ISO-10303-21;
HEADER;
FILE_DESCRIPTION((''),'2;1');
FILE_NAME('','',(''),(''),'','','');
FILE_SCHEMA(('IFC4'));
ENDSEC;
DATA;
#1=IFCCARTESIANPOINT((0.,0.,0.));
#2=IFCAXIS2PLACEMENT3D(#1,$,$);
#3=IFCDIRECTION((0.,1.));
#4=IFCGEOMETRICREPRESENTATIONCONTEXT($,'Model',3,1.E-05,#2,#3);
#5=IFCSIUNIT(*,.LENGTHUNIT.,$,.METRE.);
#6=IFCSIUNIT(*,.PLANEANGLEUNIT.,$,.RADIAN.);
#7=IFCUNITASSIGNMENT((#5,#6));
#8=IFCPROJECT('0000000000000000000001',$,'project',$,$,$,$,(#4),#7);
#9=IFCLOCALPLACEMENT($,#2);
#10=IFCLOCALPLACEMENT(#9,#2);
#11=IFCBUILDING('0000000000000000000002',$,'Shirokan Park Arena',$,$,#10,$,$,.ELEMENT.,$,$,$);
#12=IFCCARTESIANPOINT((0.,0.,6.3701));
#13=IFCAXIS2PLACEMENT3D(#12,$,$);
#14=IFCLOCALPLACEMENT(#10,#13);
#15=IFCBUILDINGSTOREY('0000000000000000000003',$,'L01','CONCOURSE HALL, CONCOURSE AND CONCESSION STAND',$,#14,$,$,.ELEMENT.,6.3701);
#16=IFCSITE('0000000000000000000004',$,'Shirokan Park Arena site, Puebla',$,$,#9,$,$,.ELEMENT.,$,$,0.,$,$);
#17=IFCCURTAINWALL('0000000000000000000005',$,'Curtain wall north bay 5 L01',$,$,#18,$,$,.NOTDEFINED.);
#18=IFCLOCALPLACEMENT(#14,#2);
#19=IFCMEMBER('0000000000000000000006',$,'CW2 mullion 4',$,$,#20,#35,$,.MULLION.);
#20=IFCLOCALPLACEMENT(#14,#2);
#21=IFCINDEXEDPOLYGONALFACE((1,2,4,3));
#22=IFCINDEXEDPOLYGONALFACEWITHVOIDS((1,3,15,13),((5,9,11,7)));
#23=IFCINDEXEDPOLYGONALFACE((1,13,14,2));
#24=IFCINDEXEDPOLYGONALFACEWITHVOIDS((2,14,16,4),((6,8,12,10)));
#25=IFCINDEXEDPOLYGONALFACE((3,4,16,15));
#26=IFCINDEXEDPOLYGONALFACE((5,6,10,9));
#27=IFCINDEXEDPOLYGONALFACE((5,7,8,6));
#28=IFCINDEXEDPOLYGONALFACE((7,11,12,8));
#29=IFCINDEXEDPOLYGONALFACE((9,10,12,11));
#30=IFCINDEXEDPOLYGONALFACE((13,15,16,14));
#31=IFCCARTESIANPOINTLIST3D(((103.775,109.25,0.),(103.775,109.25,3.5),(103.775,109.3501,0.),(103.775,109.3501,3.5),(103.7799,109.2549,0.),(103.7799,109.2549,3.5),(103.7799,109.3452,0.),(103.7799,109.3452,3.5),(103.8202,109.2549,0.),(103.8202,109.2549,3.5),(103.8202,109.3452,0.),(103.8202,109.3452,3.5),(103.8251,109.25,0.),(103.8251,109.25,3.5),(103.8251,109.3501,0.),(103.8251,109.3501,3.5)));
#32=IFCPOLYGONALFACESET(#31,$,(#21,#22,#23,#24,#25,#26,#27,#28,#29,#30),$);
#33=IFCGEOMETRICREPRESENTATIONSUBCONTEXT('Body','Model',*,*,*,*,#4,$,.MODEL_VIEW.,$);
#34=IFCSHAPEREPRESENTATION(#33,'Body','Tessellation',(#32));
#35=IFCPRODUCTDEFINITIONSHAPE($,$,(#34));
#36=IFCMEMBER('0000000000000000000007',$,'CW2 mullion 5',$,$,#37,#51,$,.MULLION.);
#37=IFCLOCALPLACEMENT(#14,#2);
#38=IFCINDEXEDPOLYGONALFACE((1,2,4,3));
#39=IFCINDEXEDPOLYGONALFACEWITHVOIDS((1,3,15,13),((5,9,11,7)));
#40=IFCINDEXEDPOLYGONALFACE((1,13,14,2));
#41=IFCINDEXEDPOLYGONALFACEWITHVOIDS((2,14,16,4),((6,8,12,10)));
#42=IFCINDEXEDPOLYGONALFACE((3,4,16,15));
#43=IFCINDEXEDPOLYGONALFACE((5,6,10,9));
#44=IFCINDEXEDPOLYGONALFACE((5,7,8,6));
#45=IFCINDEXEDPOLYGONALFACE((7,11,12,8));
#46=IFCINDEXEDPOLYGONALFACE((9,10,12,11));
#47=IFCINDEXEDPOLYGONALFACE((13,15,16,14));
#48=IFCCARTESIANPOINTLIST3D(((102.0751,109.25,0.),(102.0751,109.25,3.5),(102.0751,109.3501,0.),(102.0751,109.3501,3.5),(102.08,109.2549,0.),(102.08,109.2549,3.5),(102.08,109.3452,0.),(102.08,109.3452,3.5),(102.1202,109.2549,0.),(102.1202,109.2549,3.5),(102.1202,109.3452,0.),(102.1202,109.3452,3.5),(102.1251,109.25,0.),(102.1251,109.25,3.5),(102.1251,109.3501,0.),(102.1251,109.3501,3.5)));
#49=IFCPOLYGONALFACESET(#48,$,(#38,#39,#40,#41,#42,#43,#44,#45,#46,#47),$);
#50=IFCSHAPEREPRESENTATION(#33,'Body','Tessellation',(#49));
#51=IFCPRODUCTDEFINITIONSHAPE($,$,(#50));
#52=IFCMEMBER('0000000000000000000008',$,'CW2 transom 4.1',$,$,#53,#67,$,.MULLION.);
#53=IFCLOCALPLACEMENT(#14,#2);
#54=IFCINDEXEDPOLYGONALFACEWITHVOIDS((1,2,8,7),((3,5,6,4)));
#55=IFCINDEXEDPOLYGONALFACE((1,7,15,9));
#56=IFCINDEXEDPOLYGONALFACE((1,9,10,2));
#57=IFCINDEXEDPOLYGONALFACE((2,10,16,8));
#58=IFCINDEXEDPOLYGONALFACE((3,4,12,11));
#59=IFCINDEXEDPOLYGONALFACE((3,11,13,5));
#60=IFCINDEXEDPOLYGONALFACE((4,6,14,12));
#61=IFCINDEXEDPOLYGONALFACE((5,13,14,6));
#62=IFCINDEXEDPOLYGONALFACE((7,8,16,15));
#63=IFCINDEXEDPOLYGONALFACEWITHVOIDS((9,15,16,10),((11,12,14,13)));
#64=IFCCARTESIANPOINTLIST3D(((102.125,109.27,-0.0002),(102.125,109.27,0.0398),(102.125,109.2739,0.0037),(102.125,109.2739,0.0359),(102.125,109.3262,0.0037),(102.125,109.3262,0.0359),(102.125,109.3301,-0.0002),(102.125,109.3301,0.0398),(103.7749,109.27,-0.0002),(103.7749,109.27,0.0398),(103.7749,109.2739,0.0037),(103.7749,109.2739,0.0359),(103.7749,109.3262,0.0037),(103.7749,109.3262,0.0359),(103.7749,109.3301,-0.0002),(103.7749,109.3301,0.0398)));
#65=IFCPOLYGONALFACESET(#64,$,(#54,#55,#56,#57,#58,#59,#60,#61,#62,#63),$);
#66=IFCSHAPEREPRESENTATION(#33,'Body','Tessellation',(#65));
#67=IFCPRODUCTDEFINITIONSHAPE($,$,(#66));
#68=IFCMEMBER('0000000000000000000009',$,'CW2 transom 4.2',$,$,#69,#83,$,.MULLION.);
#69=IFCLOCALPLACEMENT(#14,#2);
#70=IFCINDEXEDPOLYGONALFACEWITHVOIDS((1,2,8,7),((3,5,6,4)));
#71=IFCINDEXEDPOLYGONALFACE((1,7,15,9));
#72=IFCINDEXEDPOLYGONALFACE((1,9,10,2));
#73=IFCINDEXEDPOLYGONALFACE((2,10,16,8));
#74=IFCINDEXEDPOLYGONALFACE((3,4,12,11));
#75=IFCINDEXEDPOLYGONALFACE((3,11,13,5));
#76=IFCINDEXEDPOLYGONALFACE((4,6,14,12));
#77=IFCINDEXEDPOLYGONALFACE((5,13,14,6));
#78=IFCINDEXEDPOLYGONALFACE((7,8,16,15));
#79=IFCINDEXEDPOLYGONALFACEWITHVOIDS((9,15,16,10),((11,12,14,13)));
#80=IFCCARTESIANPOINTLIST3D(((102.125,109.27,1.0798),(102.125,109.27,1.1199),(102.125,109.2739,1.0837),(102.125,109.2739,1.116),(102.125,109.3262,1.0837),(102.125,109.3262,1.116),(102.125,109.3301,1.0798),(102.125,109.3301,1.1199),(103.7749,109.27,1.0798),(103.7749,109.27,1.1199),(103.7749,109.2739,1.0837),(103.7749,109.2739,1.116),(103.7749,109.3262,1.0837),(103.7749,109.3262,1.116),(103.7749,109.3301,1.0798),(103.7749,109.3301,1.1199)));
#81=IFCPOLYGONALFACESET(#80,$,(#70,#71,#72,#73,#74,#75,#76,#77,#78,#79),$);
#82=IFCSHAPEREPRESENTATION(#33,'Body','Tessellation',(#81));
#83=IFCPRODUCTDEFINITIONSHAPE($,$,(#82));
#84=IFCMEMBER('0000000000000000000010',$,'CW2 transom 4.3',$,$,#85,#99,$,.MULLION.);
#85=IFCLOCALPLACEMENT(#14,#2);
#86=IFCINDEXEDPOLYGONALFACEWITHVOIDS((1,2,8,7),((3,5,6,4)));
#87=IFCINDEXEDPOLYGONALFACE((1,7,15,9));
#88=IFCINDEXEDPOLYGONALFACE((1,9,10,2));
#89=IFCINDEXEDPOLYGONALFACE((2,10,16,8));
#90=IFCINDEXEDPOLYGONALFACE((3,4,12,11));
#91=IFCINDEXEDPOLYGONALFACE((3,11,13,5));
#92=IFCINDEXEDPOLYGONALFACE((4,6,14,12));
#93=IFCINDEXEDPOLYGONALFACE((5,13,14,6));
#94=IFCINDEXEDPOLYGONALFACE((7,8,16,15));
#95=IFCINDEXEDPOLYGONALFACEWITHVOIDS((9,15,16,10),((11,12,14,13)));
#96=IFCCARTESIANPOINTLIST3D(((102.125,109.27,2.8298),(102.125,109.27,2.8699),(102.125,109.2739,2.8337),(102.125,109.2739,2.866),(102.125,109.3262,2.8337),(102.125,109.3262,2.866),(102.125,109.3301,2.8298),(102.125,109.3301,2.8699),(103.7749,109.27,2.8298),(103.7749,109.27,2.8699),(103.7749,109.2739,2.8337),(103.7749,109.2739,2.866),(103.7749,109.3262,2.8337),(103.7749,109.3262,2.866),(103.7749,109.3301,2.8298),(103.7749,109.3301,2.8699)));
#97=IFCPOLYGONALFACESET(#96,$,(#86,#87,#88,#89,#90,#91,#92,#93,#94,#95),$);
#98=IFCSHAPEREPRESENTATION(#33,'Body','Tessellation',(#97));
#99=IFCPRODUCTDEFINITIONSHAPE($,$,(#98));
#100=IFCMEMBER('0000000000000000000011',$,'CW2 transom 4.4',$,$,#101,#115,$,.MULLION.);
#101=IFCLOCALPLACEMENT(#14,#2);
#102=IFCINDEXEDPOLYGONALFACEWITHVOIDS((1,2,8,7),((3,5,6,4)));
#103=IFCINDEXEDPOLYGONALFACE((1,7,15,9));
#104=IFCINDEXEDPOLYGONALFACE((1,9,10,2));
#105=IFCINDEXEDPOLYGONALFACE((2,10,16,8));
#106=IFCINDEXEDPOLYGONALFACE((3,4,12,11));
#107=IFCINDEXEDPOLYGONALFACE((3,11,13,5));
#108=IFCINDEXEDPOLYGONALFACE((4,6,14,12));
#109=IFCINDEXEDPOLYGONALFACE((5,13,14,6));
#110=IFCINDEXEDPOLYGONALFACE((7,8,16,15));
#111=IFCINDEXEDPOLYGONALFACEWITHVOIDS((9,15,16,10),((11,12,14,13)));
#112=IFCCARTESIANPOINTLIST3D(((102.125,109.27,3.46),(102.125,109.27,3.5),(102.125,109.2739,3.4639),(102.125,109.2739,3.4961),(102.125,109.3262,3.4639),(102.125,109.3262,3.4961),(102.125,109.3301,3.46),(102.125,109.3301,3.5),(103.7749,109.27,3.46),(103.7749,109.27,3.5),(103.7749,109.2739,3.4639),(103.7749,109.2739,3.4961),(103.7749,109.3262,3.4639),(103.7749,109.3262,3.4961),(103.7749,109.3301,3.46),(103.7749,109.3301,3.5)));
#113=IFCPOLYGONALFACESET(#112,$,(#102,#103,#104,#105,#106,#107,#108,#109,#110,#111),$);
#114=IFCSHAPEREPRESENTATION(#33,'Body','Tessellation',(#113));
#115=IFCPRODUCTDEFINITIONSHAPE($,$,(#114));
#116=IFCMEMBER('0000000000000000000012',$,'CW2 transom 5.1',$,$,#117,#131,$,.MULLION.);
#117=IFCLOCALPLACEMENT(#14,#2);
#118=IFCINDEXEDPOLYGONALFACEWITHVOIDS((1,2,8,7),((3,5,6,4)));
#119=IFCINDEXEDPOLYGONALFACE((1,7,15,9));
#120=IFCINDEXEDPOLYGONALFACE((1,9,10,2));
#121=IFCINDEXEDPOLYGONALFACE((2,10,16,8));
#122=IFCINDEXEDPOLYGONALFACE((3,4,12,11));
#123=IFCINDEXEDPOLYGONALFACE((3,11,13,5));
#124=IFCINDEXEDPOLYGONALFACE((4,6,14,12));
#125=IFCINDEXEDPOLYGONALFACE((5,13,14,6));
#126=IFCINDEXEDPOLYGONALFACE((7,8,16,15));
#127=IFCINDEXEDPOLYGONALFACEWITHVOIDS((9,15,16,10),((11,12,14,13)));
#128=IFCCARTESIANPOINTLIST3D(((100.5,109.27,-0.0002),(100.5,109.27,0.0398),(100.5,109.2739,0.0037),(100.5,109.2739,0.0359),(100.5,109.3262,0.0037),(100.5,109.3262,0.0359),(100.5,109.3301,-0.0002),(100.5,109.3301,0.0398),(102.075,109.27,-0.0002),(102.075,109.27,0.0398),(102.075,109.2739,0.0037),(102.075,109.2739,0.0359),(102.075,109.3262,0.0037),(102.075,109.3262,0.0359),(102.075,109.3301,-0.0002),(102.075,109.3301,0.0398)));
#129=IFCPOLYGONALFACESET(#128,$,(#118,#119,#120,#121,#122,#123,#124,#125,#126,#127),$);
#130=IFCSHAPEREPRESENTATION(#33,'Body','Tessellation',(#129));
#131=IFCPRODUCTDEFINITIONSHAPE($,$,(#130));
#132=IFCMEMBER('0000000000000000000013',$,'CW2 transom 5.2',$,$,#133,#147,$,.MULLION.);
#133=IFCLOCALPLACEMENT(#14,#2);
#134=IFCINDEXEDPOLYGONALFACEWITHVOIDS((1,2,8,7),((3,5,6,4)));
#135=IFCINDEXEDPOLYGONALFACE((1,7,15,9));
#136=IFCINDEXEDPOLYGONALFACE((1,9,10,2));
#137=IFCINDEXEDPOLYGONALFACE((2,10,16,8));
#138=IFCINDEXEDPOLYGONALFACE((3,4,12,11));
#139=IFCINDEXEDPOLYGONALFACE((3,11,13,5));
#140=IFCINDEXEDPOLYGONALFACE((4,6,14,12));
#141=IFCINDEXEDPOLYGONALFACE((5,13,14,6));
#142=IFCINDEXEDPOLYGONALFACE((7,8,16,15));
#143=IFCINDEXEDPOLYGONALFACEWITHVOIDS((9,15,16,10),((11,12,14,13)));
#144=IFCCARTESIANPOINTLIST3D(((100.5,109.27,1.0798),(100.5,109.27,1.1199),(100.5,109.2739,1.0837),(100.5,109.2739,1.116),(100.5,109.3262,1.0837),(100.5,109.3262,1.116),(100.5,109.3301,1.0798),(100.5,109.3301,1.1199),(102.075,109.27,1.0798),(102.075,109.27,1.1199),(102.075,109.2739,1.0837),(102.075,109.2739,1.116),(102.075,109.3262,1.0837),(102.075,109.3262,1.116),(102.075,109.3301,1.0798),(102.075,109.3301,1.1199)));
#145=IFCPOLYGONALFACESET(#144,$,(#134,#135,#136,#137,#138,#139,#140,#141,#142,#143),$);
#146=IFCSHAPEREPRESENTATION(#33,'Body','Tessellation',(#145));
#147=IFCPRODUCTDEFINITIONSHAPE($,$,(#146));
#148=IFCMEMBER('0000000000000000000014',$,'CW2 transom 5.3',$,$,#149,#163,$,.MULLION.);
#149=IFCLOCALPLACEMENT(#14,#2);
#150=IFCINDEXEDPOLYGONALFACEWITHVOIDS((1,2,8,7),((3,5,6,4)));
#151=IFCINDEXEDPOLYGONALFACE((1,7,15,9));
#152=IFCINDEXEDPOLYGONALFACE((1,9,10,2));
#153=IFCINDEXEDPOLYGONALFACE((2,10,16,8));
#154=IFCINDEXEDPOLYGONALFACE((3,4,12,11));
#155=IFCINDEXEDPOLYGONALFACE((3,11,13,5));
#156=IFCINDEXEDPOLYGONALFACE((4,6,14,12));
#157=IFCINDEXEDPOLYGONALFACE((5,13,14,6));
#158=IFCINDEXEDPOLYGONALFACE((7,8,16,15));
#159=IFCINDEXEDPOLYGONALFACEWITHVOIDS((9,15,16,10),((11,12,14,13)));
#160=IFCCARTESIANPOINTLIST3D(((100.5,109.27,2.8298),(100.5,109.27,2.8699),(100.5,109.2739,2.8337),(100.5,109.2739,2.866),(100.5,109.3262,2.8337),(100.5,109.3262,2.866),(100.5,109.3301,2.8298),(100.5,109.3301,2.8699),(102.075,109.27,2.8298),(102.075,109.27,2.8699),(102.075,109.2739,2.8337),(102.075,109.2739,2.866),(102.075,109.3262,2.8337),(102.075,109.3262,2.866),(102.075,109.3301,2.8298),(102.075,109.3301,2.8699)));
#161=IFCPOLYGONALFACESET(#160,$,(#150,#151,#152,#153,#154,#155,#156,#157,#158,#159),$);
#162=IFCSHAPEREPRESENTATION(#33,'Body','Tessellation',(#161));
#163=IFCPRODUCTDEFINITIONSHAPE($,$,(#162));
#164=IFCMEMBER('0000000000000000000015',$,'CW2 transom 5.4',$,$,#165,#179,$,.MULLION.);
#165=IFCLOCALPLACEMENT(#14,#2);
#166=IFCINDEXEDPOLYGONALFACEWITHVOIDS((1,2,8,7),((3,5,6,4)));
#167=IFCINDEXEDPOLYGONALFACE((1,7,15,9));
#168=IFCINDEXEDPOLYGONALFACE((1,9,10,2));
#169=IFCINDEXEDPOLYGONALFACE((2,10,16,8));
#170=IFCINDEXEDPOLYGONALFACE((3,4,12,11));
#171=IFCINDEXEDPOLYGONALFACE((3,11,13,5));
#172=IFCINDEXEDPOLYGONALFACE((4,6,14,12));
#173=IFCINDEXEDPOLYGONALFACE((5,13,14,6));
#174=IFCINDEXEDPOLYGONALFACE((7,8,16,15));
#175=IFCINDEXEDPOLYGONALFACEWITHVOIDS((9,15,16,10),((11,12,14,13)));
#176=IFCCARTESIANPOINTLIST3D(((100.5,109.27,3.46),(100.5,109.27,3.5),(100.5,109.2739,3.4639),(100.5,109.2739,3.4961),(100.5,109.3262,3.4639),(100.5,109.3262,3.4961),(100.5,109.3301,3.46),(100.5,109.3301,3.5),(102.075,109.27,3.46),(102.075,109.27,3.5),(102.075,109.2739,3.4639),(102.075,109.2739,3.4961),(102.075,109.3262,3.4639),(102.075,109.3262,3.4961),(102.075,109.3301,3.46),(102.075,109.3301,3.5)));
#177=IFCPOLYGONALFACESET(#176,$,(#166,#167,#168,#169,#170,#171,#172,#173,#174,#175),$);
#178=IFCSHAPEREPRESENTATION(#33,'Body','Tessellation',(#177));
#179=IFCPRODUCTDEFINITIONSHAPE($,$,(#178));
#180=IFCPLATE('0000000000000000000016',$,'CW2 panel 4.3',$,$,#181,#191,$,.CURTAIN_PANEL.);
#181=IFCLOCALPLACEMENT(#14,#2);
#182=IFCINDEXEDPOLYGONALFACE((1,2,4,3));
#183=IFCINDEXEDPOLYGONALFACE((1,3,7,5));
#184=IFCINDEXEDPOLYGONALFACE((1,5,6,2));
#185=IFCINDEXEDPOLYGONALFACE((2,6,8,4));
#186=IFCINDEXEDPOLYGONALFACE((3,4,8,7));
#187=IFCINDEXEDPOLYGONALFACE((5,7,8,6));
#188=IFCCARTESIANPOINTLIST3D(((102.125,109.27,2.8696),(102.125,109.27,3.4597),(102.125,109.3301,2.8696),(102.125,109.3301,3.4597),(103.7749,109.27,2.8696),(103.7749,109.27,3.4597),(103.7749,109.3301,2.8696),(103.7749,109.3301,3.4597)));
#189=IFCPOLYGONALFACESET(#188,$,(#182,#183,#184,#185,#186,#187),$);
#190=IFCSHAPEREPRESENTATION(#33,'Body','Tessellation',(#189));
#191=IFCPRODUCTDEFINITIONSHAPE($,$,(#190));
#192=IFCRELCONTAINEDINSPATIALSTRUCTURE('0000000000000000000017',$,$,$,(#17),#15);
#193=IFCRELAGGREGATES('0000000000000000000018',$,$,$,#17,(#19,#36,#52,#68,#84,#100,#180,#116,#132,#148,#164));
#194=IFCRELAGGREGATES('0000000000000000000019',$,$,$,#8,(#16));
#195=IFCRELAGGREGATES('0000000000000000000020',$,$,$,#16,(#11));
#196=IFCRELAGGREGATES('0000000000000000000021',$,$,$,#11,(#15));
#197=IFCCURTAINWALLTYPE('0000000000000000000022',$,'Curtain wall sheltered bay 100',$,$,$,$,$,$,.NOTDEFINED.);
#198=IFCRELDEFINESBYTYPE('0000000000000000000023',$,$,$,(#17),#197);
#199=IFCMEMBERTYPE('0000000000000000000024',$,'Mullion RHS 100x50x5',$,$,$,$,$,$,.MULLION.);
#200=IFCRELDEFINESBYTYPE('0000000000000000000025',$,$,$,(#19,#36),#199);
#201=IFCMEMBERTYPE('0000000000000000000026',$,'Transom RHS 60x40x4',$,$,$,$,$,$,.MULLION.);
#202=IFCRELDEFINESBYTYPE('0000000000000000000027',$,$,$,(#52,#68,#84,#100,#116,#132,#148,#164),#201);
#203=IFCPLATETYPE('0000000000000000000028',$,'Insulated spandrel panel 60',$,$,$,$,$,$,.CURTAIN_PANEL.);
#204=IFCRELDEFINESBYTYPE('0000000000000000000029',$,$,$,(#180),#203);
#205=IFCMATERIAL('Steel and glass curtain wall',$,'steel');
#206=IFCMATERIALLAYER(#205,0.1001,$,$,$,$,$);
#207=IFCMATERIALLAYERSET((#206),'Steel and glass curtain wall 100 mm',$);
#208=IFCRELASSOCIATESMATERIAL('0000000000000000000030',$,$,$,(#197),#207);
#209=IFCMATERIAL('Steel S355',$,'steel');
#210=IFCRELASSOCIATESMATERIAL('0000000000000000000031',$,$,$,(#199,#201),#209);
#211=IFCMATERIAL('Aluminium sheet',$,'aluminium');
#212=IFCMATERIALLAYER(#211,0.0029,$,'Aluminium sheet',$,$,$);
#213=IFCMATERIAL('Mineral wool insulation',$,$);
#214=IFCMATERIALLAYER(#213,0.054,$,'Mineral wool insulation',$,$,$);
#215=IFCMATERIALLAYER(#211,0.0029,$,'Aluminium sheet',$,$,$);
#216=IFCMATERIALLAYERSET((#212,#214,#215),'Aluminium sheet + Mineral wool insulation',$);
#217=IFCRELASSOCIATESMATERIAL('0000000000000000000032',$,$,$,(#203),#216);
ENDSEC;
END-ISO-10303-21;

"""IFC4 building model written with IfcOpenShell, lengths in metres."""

from ifc_helpers import new_model, si_unit, direction, frame, origin, origin_2d, place, context, subcontext, project, spatial, rectangle, hollow_rectangle, extrude, material, layer, layer_set, material_profile, profile_set, type_object, element, aggregate, save


model = new_model("IFC4")

# Units and contexts
model_context = context("Model", 3, precision=1e-05, world=origin(), true_north=direction((0.0, 1.0)))
body_context = subcontext(model_context, "Body", "Model", "MODEL_VIEW")
ifc_project = project(units=[si_unit("LENGTHUNIT", "METRE"), si_unit("PLANEANGLEUNIT", "RADIAN")], contexts=[model_context])

# Site, building, storey
site_placement = place(None, origin())
site = spatial("IfcSite", under=ifc_project, at=site_placement, Name="Shirokan Park Arena site, Puebla", CompositionType="ELEMENT", RefElevation=0.0)
building_placement = place(site_placement, origin())
building = spatial("IfcBuilding", under=site, at=building_placement, Name="Shirokan Park Arena", CompositionType="ELEMENT")
storey_placement = place(building_placement, frame((0.0, 0.0, 6.3701)))
storey = spatial("IfcBuildingStorey", under=building, at=storey_placement, Name="L01", Description="CONCOURSE HALL, CONCOURSE AND CONCESSION STAND", CompositionType="ELEMENT", Elevation=6.3701)

# Curtain wall, members, plate
ifc_material_1 = material(Name="Steel and glass curtain wall", Category="steel")
ifc_layer_1 = layer(ifc_material_1, 0.1001)
ifc_layer_set_1 = layer_set([ifc_layer_1], Name="Steel and glass curtain wall 100 mm")
curtain_wall_type = type_object("IfcCurtainWallType", Name="Curtain wall sheltered bay 100", PredefinedType="NOTDEFINED", material=ifc_layer_set_1)
curtain_wall_placement = place(storey_placement, origin())
curtain_wall = element("IfcCurtainWall", 1, at=curtain_wall_placement, inside=storey, type_object=curtain_wall_type, Name="Curtain wall north bay 5 L01", PredefinedType="NOTDEFINED")
ifc_material_2 = material(Name="Steel S355", Category="steel")
ifc_material_profile_1 = material_profile(ifc_material_2, hollow_rectangle(XDim=0.1001, YDim=0.05, WallThickness=0.0049, at=origin_2d()), Name="RHS 100x50x5")
ifc_profile_set_1 = profile_set([ifc_material_profile_1], Name="Steel S355")
member_type_1 = type_object("IfcMemberType", Name="Mullion RHS 100x50x5", PredefinedType="MULLION", material=ifc_profile_set_1)
member_1_placement = place(storey_placement, frame((103.8, 109.3, 0.0), z_axis=(0.0, 0.0, 1.0), x_axis=(0.0, -1.0, 0.0)))
member_1 = element("IfcMember", 2, at=member_1_placement, type_object=member_type_1, Name="CW2 mullion 4", PredefinedType="MULLION", context=body_context, shape_type="SweptSolid", body=[
    extrude(hollow_rectangle(XDim=0.1001, YDim=0.05, WallThickness=0.0049, at=origin_2d()), origin(), (0.0, 0.0, 1.0), 3.5),
])
member_2_placement = place(storey_placement, frame((102.1001, 109.3, 0.0), z_axis=(0.0, 0.0, 1.0), x_axis=(0.0, -1.0, 0.0)))
member_2 = element("IfcMember", 3, at=member_2_placement, type_object=member_type_1, Name="CW2 mullion 5", PredefinedType="MULLION", context=body_context, shape_type="SweptSolid", body=[
    extrude(hollow_rectangle(XDim=0.1001, YDim=0.05, WallThickness=0.0049, at=origin_2d()), origin(), (0.0, 0.0, 1.0), 3.5),
])
ifc_material_profile_2 = material_profile(ifc_material_2, hollow_rectangle(XDim=0.0601, YDim=0.04, WallThickness=0.0039, at=origin_2d()), Name="RHS 60x40x4")
ifc_profile_set_2 = profile_set([ifc_material_profile_2], Name="Steel S355")
member_type_2 = type_object("IfcMemberType", Name="Transom RHS 60x40x4", PredefinedType="MULLION", material=ifc_profile_set_2)
member_3_placement = place(storey_placement, frame((103.7749, 109.3, 0.0198), z_axis=(-1.0, 0.0, 0.0), x_axis=(0.0, -1.0, 0.0)))
member_3 = element("IfcMember", 4, at=member_3_placement, type_object=member_type_2, Name="CW2 transom 4.1", PredefinedType="MULLION", context=body_context, shape_type="SweptSolid", body=[
    extrude(hollow_rectangle(XDim=0.0601, YDim=0.04, WallThickness=0.0039, at=origin_2d()), origin(), (0.0, 0.0, 1.0), 1.6499),
])
member_4_placement = place(storey_placement, frame((103.7749, 109.3, 1.0999), z_axis=(-1.0, 0.0, 0.0), x_axis=(0.0, -1.0, 0.0)))
member_4 = element("IfcMember", 5, at=member_4_placement, type_object=member_type_2, Name="CW2 transom 4.2", PredefinedType="MULLION", context=body_context, shape_type="SweptSolid", body=[
    extrude(hollow_rectangle(XDim=0.0601, YDim=0.04, WallThickness=0.0039, at=origin_2d()), origin(), (0.0, 0.0, 1.0), 1.6499),
])
member_5_placement = place(storey_placement, frame((103.7749, 109.3, 2.8499), z_axis=(-1.0, 0.0, 0.0), x_axis=(0.0, -1.0, 0.0)))
member_5 = element("IfcMember", 6, at=member_5_placement, type_object=member_type_2, Name="CW2 transom 4.3", PredefinedType="MULLION", context=body_context, shape_type="SweptSolid", body=[
    extrude(hollow_rectangle(XDim=0.0601, YDim=0.04, WallThickness=0.0039, at=origin_2d()), origin(), (0.0, 0.0, 1.0), 1.6499),
])
member_6_placement = place(storey_placement, frame((103.7749, 109.3, 3.48), z_axis=(-1.0, 0.0, 0.0), x_axis=(0.0, -1.0, 0.0)))
member_6 = element("IfcMember", 7, at=member_6_placement, type_object=member_type_2, Name="CW2 transom 4.4", PredefinedType="MULLION", context=body_context, shape_type="SweptSolid", body=[
    extrude(hollow_rectangle(XDim=0.0601, YDim=0.04, WallThickness=0.0039, at=origin_2d()), origin(), (0.0, 0.0, 1.0), 1.6499),
])
member_7_placement = place(storey_placement, frame((102.075, 109.3, 0.0198), z_axis=(-1.0, 0.0, 0.0), x_axis=(0.0, -1.0, 0.0)))
member_7 = element("IfcMember", 8, at=member_7_placement, type_object=member_type_2, Name="CW2 transom 5.1", PredefinedType="MULLION", context=body_context, shape_type="SweptSolid", body=[
    extrude(hollow_rectangle(XDim=0.0601, YDim=0.04, WallThickness=0.0039, at=origin_2d()), origin(), (0.0, 0.0, 1.0), 1.575),
])
member_8_placement = place(storey_placement, frame((102.075, 109.3, 1.0999), z_axis=(-1.0, 0.0, 0.0), x_axis=(0.0, -1.0, 0.0)))
member_8 = element("IfcMember", 9, at=member_8_placement, type_object=member_type_2, Name="CW2 transom 5.2", PredefinedType="MULLION", context=body_context, shape_type="SweptSolid", body=[
    extrude(hollow_rectangle(XDim=0.0601, YDim=0.04, WallThickness=0.0039, at=origin_2d()), origin(), (0.0, 0.0, 1.0), 1.575),
])
member_9_placement = place(storey_placement, frame((102.075, 109.3, 2.8499), z_axis=(-1.0, 0.0, 0.0), x_axis=(0.0, -1.0, 0.0)))
member_9 = element("IfcMember", 10, at=member_9_placement, type_object=member_type_2, Name="CW2 transom 5.3", PredefinedType="MULLION", context=body_context, shape_type="SweptSolid", body=[
    extrude(hollow_rectangle(XDim=0.0601, YDim=0.04, WallThickness=0.0039, at=origin_2d()), origin(), (0.0, 0.0, 1.0), 1.575),
])
member_10_placement = place(storey_placement, frame((102.075, 109.3, 3.48), z_axis=(-1.0, 0.0, 0.0), x_axis=(0.0, -1.0, 0.0)))
member_10 = element("IfcMember", 11, at=member_10_placement, type_object=member_type_2, Name="CW2 transom 5.4", PredefinedType="MULLION", context=body_context, shape_type="SweptSolid", body=[
    extrude(hollow_rectangle(XDim=0.0601, YDim=0.04, WallThickness=0.0039, at=origin_2d()), origin(), (0.0, 0.0, 1.0), 1.575),
])
ifc_material_3 = material(Name="Aluminium sheet", Category="aluminium")
ifc_layer_2 = layer(ifc_material_3, 0.0029, Name="Aluminium sheet")
ifc_material_4 = material(Name="Mineral wool insulation")
ifc_layer_3 = layer(ifc_material_4, 0.054, Name="Mineral wool insulation")
ifc_layer_4 = layer(ifc_material_3, 0.0029, Name="Aluminium sheet")
ifc_layer_set_2 = layer_set([ifc_layer_2, ifc_layer_3, ifc_layer_4], Name="Aluminium sheet + Mineral wool insulation")
plate_type_1 = type_object("IfcPlateType", Name="Insulated spandrel panel 60", PredefinedType="CURTAIN_PANEL", material=ifc_layer_set_2)
plate_1_placement = place(storey_placement, frame((102.95, 109.3, 2.8696), z_axis=(0.0, 0.0, 1.0), x_axis=(-1.0, 0.0, 0.0)))
plate_1 = element("IfcPlate", 12, at=plate_1_placement, type_object=plate_type_1, Name="CW2 panel 4.3", PredefinedType="CURTAIN_PANEL", context=body_context, shape_type="SweptSolid", body=[
    extrude(rectangle(XDim=1.6499, YDim=0.0601, at=origin_2d()), origin(), (0.0, 0.0, 1.0), 0.5901),
])
aggregate(curtain_wall, [member_1, member_2, member_3, member_4, member_5, member_6, plate_1, member_7, member_8, member_9, member_10])

save(model, "model.ifc")
